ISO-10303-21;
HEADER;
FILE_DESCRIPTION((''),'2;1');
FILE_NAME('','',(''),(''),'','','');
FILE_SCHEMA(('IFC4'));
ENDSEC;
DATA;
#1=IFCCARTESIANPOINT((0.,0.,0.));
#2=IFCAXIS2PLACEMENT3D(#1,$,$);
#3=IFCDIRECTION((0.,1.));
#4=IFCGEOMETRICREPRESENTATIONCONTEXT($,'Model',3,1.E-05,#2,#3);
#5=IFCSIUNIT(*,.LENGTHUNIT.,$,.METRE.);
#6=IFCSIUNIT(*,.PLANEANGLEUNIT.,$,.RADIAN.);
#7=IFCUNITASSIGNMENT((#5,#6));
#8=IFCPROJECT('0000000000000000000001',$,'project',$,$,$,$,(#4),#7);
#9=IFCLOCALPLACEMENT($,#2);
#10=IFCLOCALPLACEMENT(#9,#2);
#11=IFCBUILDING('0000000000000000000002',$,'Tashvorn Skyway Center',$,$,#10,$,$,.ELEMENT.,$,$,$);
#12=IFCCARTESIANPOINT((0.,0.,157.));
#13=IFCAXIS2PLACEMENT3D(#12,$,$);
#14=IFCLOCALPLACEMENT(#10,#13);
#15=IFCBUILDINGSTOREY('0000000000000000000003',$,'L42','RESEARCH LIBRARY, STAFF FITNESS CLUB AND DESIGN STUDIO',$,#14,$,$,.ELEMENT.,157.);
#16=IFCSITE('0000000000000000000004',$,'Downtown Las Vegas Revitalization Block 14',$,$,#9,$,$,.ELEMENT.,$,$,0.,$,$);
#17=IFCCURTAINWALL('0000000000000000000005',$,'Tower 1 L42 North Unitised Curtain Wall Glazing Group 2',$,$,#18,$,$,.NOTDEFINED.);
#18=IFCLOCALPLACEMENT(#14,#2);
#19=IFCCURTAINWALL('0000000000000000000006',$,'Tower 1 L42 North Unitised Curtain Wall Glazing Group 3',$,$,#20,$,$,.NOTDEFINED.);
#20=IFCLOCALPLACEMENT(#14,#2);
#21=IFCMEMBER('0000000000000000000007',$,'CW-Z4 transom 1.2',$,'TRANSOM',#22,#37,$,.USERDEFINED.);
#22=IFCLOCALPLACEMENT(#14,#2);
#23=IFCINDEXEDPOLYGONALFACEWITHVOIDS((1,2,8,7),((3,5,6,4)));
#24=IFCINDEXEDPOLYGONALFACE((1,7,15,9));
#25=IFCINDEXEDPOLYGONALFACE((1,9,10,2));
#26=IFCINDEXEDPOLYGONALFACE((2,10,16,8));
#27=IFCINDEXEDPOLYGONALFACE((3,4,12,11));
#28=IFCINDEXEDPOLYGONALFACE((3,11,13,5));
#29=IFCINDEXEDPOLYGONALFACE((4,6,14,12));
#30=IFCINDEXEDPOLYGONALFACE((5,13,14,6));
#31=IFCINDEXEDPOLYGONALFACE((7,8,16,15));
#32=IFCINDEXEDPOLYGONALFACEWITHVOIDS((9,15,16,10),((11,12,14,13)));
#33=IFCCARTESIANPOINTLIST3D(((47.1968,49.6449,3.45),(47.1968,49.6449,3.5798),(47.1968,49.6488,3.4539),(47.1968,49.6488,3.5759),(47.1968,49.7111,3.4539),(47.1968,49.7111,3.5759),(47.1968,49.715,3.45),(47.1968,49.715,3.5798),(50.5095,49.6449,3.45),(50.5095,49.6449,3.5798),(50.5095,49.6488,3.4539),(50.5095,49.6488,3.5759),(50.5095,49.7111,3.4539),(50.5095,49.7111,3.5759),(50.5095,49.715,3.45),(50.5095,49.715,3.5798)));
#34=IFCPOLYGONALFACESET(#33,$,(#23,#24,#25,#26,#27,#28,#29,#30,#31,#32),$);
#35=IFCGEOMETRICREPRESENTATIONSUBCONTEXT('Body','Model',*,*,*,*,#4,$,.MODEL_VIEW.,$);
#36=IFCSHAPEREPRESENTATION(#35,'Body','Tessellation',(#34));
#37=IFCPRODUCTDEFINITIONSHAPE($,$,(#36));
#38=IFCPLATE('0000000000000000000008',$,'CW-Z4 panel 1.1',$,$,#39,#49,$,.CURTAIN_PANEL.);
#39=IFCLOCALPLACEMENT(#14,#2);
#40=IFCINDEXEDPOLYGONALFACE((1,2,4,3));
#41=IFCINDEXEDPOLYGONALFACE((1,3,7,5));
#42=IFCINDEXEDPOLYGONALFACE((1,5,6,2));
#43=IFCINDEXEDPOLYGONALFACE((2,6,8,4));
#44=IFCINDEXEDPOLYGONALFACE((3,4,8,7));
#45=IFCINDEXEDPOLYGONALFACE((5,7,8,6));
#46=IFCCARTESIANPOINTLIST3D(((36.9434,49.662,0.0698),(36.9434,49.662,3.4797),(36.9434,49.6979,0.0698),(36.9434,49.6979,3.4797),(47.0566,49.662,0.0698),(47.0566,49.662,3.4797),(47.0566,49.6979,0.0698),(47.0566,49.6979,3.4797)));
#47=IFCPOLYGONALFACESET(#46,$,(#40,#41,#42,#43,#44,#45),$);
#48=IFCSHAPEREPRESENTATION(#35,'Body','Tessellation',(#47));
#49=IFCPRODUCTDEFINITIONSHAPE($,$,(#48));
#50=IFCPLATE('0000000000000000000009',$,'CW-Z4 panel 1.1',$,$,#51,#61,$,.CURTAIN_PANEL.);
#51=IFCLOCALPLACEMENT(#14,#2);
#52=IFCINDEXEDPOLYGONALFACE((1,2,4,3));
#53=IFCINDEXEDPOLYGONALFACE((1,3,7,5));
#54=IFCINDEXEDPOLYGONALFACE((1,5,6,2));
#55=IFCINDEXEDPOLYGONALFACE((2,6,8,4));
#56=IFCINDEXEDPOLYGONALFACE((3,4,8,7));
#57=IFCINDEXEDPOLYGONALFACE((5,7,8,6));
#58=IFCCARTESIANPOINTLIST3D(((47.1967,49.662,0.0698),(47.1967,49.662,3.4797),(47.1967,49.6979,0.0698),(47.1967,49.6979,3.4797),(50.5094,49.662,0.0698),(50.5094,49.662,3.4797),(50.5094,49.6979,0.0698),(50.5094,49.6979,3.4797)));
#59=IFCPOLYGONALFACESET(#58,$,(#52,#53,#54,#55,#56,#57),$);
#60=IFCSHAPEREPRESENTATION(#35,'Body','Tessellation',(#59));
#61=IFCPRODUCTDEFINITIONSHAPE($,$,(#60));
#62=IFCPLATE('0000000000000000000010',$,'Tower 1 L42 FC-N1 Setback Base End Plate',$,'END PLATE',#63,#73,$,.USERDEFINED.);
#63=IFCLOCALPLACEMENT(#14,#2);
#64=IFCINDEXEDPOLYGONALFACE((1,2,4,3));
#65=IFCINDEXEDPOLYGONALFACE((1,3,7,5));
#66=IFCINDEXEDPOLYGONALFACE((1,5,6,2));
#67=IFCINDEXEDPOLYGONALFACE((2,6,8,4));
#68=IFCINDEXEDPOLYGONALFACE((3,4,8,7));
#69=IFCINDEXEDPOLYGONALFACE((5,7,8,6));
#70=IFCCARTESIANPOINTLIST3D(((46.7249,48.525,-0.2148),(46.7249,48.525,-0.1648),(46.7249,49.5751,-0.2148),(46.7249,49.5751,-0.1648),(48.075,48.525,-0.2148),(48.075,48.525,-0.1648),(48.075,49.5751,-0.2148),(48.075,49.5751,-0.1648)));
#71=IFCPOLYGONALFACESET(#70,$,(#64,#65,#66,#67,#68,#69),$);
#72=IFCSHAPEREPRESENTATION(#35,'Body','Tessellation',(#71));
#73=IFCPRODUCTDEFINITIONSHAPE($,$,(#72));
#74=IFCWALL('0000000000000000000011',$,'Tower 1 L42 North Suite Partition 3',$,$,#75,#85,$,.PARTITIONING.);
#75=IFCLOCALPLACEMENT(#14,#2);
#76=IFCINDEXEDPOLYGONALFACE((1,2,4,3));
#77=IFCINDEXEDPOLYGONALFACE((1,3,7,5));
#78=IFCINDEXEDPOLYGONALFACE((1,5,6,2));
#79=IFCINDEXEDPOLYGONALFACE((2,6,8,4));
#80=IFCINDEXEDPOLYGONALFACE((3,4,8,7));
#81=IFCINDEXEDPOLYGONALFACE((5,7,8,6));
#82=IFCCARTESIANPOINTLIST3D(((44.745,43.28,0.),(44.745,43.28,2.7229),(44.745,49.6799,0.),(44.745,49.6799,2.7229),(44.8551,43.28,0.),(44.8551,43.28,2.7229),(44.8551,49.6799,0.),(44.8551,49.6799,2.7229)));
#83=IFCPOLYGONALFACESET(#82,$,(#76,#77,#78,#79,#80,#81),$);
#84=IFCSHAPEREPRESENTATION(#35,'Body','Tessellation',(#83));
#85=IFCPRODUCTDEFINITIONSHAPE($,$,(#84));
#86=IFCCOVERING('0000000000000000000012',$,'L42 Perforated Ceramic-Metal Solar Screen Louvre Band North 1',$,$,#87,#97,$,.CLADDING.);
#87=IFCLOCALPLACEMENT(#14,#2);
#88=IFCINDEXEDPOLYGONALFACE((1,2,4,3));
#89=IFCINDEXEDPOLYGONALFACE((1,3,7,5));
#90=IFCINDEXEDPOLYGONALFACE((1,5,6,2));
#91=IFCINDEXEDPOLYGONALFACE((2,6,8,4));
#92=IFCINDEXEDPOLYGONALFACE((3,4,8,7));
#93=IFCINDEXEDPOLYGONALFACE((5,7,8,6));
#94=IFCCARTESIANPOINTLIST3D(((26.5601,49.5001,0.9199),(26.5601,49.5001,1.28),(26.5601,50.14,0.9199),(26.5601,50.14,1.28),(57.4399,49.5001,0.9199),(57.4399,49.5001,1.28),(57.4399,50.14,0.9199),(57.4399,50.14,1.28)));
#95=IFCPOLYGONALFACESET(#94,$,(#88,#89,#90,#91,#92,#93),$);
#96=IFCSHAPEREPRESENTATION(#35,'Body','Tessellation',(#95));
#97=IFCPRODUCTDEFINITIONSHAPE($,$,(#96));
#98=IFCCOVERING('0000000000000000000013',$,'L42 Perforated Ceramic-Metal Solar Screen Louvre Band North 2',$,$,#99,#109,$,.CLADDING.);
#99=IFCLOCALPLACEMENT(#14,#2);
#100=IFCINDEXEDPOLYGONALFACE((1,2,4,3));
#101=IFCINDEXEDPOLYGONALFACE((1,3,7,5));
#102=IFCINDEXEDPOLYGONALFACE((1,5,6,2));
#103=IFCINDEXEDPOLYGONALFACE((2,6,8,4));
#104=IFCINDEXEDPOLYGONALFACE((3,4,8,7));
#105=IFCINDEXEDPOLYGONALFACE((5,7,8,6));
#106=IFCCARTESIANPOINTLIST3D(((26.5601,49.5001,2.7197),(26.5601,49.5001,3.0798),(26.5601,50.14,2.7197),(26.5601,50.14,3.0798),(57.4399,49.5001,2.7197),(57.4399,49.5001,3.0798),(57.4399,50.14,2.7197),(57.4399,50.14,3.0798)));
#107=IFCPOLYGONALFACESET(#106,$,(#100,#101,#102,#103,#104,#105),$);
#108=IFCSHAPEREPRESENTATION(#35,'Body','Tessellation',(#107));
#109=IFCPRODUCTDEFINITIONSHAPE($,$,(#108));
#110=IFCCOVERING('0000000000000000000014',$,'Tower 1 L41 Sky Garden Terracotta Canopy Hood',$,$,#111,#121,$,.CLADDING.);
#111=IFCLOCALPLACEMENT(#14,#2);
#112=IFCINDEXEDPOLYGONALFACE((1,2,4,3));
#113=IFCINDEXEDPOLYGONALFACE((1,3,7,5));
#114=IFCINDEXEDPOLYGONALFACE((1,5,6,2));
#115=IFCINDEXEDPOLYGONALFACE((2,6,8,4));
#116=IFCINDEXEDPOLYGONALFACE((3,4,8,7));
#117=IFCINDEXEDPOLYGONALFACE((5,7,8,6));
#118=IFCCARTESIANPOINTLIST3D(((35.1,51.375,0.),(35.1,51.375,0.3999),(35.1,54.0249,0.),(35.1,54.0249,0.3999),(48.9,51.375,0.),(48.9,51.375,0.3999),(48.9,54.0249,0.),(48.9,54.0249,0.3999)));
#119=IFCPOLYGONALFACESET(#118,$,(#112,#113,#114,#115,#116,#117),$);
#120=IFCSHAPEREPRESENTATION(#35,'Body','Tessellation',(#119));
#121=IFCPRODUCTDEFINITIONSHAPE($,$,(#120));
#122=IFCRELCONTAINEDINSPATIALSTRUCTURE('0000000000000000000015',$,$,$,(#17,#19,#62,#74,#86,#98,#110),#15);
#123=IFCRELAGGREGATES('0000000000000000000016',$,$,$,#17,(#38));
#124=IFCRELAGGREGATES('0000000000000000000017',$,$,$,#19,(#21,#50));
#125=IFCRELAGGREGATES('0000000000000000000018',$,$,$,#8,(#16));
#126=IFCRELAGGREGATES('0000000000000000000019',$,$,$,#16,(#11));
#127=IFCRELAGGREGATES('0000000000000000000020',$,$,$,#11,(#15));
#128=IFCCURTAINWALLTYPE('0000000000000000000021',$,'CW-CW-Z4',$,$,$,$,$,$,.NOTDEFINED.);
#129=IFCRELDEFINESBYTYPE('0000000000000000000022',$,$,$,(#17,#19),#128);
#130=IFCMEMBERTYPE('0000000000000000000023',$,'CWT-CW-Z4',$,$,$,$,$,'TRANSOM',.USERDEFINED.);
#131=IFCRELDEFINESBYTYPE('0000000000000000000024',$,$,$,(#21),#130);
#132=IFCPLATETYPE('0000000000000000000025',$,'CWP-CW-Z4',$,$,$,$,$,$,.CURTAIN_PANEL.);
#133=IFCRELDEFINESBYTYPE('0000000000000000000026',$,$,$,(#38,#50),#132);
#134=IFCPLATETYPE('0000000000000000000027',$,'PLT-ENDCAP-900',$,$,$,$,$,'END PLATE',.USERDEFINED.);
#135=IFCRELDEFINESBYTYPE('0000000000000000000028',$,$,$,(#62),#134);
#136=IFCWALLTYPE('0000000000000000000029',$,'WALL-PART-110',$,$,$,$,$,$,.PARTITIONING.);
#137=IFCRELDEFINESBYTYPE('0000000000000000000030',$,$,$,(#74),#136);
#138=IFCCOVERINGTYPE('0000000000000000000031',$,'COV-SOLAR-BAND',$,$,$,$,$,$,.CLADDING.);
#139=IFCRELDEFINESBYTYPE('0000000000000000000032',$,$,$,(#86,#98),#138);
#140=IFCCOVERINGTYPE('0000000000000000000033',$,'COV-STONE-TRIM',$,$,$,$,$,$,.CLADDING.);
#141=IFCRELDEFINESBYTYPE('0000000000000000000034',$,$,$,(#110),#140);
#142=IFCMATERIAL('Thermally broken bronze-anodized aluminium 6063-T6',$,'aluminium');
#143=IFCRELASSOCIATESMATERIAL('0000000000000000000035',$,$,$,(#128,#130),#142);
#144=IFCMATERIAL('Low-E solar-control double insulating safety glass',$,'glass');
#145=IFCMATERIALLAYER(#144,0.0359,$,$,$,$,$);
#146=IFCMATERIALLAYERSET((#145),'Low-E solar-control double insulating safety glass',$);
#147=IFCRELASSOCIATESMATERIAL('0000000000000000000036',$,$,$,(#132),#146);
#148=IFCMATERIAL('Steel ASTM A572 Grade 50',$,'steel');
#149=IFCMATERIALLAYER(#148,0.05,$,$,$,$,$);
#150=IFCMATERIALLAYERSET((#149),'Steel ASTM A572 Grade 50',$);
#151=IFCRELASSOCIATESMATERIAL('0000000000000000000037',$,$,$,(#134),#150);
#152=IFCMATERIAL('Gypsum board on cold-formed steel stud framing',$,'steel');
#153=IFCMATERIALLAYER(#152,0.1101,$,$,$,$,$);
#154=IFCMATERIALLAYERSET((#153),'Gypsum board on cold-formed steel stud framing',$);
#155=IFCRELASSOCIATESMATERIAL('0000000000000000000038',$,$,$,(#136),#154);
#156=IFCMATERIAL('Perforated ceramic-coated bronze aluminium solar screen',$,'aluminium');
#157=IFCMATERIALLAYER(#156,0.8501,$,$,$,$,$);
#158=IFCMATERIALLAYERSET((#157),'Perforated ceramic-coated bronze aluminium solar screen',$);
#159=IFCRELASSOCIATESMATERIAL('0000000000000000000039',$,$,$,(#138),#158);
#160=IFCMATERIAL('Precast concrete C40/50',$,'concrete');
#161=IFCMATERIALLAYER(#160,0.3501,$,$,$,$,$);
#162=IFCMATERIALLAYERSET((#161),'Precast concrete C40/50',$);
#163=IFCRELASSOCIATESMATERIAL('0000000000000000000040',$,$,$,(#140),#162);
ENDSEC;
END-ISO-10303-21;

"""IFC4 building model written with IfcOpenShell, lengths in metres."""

from ifc_helpers import new_model, si_unit, direction, frame, frame_2d, origin, origin_2d, place, context, subcontext, project, spatial, rectangle, hollow_rectangle, extrude, material, layer, layer_set, material_profile, profile_set, type_object, element, aggregate, save


model = new_model("IFC4")

# Units and contexts
model_context = context("Model", 3, precision=1e-05, world=origin(), true_north=direction((0.0, 1.0)))
body_context = subcontext(model_context, "Body", "Model", "MODEL_VIEW")
ifc_project = project(units=[si_unit("LENGTHUNIT", "METRE"), si_unit("PLANEANGLEUNIT", "RADIAN")], contexts=[model_context])

# Site, building, storey
site_placement = place(None, origin())
site = spatial("IfcSite", under=ifc_project, at=site_placement, Name="Downtown Las Vegas Revitalization Block 14", CompositionType="ELEMENT", RefElevation=0.0)
building_placement = place(site_placement, origin())
building = spatial("IfcBuilding", under=site, at=building_placement, Name="Tashvorn Skyway Center", CompositionType="ELEMENT")
storey_placement = place(building_placement, frame((0.0, 0.0, 157.0)))
storey = spatial("IfcBuildingStorey", under=building, at=storey_placement, Name="L42", Description="RESEARCH LIBRARY, STAFF FITNESS CLUB AND DESIGN STUDIO", CompositionType="ELEMENT", Elevation=157.0)

# Shared definitions
ifc_material_1 = material(Name="Steel ASTM A572 Grade 50", Category="steel")

# Shared definitions
ifc_material_2 = material(Name="Thermally broken bronze-anodized aluminium 6063-T6", Category="aluminium")
curtain_wall_type = type_object("IfcCurtainWallType", Name="CW-CW-Z4", PredefinedType="NOTDEFINED", material=ifc_material_2)

# Curtain wall
curtain_wall_1_placement = place(storey_placement, origin())
curtain_wall_1 = element("IfcCurtainWall", 1, at=curtain_wall_1_placement, inside=storey, type_object=curtain_wall_type, Name="Tower 1 L42 North Unitised Curtain Wall Glazing Group 2", PredefinedType="NOTDEFINED")

# Curtain wall
curtain_wall_2_placement = place(storey_placement, origin())
curtain_wall_2 = element("IfcCurtainWall", 2, at=curtain_wall_2_placement, inside=storey, type_object=curtain_wall_type, Name="Tower 1 L42 North Unitised Curtain Wall Glazing Group 3", PredefinedType="NOTDEFINED")

# Member
ifc_material_profile_1 = material_profile(ifc_material_2, hollow_rectangle(XDim=0.0701, YDim=0.1299, WallThickness=0.0039, at=origin_2d()), Name="ALU-TRAN-70x130")
ifc_profile_set_1 = profile_set([ifc_material_profile_1], Name="Thermally broken bronze-anodized aluminium 6063-T6")
member_type_1 = type_object("IfcMemberType", Name="CWT-CW-Z4", ElementType="TRANSOM", PredefinedType="USERDEFINED", material=ifc_profile_set_1)
member_1_placement = place(storey_placement, frame((47.1968, 49.6799, 3.5149), z_axis=(1.0, 0.0, 0.0), x_axis=(0.0, 1.0, 0.0)))
member_1 = element("IfcMember", 3, at=member_1_placement, type_object=member_type_1, Name="CW-Z4 transom 1.2", ObjectType="TRANSOM", PredefinedType="USERDEFINED", context=body_context, shape_type="SweptSolid", body=[
    extrude(hollow_rectangle(XDim=0.0701, YDim=0.1299, WallThickness=0.0039, at=origin_2d()), origin(), (0.0, 0.0, 1.0), 3.3127),
])

# Plates
ifc_material_3 = material(Name="Low-E solar-control double insulating safety glass", Category="glass")
ifc_layer_1 = layer(ifc_material_3, 0.0359)
ifc_layer_set_1 = layer_set([ifc_layer_1], Name="Low-E solar-control double insulating safety glass")
plate_type_1 = type_object("IfcPlateType", Name="CWP-CW-Z4", PredefinedType="CURTAIN_PANEL", material=ifc_layer_set_1)
plate_1_placement = place(storey_placement, frame((42.0, 49.6799, 0.0698), z_axis=(0.0, 0.0, 1.0), x_axis=(1.0, 0.0, 0.0)))
plate_1 = element("IfcPlate", 4, at=plate_1_placement, type_object=plate_type_1, Name="CW-Z4 panel 1.1", PredefinedType="CURTAIN_PANEL", context=body_context, shape_type="SweptSolid", body=[
    extrude(rectangle(XDim=10.1133, YDim=0.0359, at=origin_2d()), origin(), (0.0, 0.0, 1.0), 3.4099),
])
aggregate(curtain_wall_1, [plate_1])
plate_2_placement = place(storey_placement, frame((48.853, 49.6799, 0.0698), z_axis=(0.0, 0.0, 1.0), x_axis=(1.0, 0.0, 0.0)))
plate_2 = element("IfcPlate", 5, at=plate_2_placement, type_object=plate_type_1, Name="CW-Z4 panel 1.1", PredefinedType="CURTAIN_PANEL", context=body_context, shape_type="SweptSolid", body=[
    extrude(rectangle(XDim=3.3127, YDim=0.0359, at=origin_2d()), origin(), (0.0, 0.0, 1.0), 3.4099),
])
aggregate(curtain_wall_2, [member_1, plate_2])
ifc_layer_2 = layer(ifc_material_1, 0.05)
ifc_layer_set_2 = layer_set([ifc_layer_2], Name="Steel ASTM A572 Grade 50")
plate_type_2 = type_object("IfcPlateType", Name="PLT-ENDCAP-900", ElementType="END PLATE", PredefinedType="USERDEFINED", material=ifc_layer_set_2)
plate_3_placement = place(storey_placement, frame((47.3999, 49.05, -0.2148), z_axis=(0.0, 0.0, 1.0), x_axis=(1.0, 0.0, 0.0)))
element("IfcPlate", 6, at=plate_3_placement, inside=storey, type_object=plate_type_2, Name="Tower 1 L42 FC-N1 Setback Base End Plate", ObjectType="END PLATE", PredefinedType="USERDEFINED", context=body_context, shape_type="SweptSolid", body=[
    extrude(rectangle(XDim=1.3501, YDim=1.05, at=origin_2d()), origin(), (0.0, 0.0, 1.0), 0.05),
])

# Wall
ifc_material_4 = material(Name="Gypsum board on cold-formed steel stud framing", Category="steel")
ifc_layer_3 = layer(ifc_material_4, 0.1101)
ifc_layer_set_3 = layer_set([ifc_layer_3], Name="Gypsum board on cold-formed steel stud framing")
wall_type = type_object("IfcWallType", Name="WALL-PART-110", PredefinedType="PARTITIONING", material=ifc_layer_set_3)
wall_placement = place(storey_placement, frame((44.8, 43.28, 0.0), z_axis=(0.0, 0.0, 1.0), x_axis=(0.0, 1.0, 0.0)))
element("IfcWall", 7, at=wall_placement, inside=storey, type_object=wall_type, Name="Tower 1 L42 North Suite Partition 3", PredefinedType="PARTITIONING", context=body_context, shape_type="SweptSolid", body=[
    extrude(rectangle(XDim=6.3999, YDim=0.1101, at=frame_2d((3.2, 0.0))), origin(), (0.0, 0.0, 1.0), 2.7229),
])

# Coverings
ifc_material_5 = material(Name="Perforated ceramic-coated bronze aluminium solar screen", Category="aluminium")
ifc_layer_4 = layer(ifc_material_5, 0.8501)
ifc_layer_set_4 = layer_set([ifc_layer_4], Name="Perforated ceramic-coated bronze aluminium solar screen")
covering_type_1 = type_object("IfcCoveringType", Name="COV-SOLAR-BAND", PredefinedType="CLADDING", material=ifc_layer_set_4)
for number, where, z_axis, x_axis, name in (
    (8, (42.0, 49.8201, 0.9199), (0.0, 0.0, 1.0), (1.0, 0.0, 0.0), "L42 Perforated Ceramic-Metal Solar Screen Louvre Band North 1"),
    (9, (42.0, 49.8201, 2.7197), (0.0, 0.0, 1.0), (1.0, 0.0, 0.0), "L42 Perforated Ceramic-Metal Solar Screen Louvre Band North 2"),
):
    element("IfcCovering", number, at=place(storey_placement, frame(where, z_axis=z_axis, x_axis=x_axis)), inside=storey, type_object=covering_type_1, Name=name, PredefinedType="CLADDING", context=body_context, shape_type="SweptSolid", body=[
        extrude(rectangle(XDim=30.8799, YDim=0.6399, at=origin_2d()), origin(), (0.0, 0.0, 1.0), 0.3601),
    ])
ifc_material_6 = material(Name="Precast concrete C40/50", Category="concrete")
ifc_layer_5 = layer(ifc_material_6, 0.3501)
ifc_layer_set_5 = layer_set([ifc_layer_5], Name="Precast concrete C40/50")
covering_type_2 = type_object("IfcCoveringType", Name="COV-STONE-TRIM", PredefinedType="CLADDING", material=ifc_layer_set_5)
covering_placement = place(storey_placement, frame((42.0, 52.7, 0.0), z_axis=(0.0, 0.0, 1.0), x_axis=(1.0, 0.0, 0.0)))
element("IfcCovering", 10, at=covering_placement, inside=storey, type_object=covering_type_2, Name="Tower 1 L41 Sky Garden Terracotta Canopy Hood", PredefinedType="CLADDING", context=body_context, shape_type="SweptSolid", body=[
    extrude(rectangle(XDim=13.8, YDim=2.6499, at=origin_2d()), origin(), (0.0, 0.0, 1.0), 0.3999),
])

save(model, "model.ifc")
